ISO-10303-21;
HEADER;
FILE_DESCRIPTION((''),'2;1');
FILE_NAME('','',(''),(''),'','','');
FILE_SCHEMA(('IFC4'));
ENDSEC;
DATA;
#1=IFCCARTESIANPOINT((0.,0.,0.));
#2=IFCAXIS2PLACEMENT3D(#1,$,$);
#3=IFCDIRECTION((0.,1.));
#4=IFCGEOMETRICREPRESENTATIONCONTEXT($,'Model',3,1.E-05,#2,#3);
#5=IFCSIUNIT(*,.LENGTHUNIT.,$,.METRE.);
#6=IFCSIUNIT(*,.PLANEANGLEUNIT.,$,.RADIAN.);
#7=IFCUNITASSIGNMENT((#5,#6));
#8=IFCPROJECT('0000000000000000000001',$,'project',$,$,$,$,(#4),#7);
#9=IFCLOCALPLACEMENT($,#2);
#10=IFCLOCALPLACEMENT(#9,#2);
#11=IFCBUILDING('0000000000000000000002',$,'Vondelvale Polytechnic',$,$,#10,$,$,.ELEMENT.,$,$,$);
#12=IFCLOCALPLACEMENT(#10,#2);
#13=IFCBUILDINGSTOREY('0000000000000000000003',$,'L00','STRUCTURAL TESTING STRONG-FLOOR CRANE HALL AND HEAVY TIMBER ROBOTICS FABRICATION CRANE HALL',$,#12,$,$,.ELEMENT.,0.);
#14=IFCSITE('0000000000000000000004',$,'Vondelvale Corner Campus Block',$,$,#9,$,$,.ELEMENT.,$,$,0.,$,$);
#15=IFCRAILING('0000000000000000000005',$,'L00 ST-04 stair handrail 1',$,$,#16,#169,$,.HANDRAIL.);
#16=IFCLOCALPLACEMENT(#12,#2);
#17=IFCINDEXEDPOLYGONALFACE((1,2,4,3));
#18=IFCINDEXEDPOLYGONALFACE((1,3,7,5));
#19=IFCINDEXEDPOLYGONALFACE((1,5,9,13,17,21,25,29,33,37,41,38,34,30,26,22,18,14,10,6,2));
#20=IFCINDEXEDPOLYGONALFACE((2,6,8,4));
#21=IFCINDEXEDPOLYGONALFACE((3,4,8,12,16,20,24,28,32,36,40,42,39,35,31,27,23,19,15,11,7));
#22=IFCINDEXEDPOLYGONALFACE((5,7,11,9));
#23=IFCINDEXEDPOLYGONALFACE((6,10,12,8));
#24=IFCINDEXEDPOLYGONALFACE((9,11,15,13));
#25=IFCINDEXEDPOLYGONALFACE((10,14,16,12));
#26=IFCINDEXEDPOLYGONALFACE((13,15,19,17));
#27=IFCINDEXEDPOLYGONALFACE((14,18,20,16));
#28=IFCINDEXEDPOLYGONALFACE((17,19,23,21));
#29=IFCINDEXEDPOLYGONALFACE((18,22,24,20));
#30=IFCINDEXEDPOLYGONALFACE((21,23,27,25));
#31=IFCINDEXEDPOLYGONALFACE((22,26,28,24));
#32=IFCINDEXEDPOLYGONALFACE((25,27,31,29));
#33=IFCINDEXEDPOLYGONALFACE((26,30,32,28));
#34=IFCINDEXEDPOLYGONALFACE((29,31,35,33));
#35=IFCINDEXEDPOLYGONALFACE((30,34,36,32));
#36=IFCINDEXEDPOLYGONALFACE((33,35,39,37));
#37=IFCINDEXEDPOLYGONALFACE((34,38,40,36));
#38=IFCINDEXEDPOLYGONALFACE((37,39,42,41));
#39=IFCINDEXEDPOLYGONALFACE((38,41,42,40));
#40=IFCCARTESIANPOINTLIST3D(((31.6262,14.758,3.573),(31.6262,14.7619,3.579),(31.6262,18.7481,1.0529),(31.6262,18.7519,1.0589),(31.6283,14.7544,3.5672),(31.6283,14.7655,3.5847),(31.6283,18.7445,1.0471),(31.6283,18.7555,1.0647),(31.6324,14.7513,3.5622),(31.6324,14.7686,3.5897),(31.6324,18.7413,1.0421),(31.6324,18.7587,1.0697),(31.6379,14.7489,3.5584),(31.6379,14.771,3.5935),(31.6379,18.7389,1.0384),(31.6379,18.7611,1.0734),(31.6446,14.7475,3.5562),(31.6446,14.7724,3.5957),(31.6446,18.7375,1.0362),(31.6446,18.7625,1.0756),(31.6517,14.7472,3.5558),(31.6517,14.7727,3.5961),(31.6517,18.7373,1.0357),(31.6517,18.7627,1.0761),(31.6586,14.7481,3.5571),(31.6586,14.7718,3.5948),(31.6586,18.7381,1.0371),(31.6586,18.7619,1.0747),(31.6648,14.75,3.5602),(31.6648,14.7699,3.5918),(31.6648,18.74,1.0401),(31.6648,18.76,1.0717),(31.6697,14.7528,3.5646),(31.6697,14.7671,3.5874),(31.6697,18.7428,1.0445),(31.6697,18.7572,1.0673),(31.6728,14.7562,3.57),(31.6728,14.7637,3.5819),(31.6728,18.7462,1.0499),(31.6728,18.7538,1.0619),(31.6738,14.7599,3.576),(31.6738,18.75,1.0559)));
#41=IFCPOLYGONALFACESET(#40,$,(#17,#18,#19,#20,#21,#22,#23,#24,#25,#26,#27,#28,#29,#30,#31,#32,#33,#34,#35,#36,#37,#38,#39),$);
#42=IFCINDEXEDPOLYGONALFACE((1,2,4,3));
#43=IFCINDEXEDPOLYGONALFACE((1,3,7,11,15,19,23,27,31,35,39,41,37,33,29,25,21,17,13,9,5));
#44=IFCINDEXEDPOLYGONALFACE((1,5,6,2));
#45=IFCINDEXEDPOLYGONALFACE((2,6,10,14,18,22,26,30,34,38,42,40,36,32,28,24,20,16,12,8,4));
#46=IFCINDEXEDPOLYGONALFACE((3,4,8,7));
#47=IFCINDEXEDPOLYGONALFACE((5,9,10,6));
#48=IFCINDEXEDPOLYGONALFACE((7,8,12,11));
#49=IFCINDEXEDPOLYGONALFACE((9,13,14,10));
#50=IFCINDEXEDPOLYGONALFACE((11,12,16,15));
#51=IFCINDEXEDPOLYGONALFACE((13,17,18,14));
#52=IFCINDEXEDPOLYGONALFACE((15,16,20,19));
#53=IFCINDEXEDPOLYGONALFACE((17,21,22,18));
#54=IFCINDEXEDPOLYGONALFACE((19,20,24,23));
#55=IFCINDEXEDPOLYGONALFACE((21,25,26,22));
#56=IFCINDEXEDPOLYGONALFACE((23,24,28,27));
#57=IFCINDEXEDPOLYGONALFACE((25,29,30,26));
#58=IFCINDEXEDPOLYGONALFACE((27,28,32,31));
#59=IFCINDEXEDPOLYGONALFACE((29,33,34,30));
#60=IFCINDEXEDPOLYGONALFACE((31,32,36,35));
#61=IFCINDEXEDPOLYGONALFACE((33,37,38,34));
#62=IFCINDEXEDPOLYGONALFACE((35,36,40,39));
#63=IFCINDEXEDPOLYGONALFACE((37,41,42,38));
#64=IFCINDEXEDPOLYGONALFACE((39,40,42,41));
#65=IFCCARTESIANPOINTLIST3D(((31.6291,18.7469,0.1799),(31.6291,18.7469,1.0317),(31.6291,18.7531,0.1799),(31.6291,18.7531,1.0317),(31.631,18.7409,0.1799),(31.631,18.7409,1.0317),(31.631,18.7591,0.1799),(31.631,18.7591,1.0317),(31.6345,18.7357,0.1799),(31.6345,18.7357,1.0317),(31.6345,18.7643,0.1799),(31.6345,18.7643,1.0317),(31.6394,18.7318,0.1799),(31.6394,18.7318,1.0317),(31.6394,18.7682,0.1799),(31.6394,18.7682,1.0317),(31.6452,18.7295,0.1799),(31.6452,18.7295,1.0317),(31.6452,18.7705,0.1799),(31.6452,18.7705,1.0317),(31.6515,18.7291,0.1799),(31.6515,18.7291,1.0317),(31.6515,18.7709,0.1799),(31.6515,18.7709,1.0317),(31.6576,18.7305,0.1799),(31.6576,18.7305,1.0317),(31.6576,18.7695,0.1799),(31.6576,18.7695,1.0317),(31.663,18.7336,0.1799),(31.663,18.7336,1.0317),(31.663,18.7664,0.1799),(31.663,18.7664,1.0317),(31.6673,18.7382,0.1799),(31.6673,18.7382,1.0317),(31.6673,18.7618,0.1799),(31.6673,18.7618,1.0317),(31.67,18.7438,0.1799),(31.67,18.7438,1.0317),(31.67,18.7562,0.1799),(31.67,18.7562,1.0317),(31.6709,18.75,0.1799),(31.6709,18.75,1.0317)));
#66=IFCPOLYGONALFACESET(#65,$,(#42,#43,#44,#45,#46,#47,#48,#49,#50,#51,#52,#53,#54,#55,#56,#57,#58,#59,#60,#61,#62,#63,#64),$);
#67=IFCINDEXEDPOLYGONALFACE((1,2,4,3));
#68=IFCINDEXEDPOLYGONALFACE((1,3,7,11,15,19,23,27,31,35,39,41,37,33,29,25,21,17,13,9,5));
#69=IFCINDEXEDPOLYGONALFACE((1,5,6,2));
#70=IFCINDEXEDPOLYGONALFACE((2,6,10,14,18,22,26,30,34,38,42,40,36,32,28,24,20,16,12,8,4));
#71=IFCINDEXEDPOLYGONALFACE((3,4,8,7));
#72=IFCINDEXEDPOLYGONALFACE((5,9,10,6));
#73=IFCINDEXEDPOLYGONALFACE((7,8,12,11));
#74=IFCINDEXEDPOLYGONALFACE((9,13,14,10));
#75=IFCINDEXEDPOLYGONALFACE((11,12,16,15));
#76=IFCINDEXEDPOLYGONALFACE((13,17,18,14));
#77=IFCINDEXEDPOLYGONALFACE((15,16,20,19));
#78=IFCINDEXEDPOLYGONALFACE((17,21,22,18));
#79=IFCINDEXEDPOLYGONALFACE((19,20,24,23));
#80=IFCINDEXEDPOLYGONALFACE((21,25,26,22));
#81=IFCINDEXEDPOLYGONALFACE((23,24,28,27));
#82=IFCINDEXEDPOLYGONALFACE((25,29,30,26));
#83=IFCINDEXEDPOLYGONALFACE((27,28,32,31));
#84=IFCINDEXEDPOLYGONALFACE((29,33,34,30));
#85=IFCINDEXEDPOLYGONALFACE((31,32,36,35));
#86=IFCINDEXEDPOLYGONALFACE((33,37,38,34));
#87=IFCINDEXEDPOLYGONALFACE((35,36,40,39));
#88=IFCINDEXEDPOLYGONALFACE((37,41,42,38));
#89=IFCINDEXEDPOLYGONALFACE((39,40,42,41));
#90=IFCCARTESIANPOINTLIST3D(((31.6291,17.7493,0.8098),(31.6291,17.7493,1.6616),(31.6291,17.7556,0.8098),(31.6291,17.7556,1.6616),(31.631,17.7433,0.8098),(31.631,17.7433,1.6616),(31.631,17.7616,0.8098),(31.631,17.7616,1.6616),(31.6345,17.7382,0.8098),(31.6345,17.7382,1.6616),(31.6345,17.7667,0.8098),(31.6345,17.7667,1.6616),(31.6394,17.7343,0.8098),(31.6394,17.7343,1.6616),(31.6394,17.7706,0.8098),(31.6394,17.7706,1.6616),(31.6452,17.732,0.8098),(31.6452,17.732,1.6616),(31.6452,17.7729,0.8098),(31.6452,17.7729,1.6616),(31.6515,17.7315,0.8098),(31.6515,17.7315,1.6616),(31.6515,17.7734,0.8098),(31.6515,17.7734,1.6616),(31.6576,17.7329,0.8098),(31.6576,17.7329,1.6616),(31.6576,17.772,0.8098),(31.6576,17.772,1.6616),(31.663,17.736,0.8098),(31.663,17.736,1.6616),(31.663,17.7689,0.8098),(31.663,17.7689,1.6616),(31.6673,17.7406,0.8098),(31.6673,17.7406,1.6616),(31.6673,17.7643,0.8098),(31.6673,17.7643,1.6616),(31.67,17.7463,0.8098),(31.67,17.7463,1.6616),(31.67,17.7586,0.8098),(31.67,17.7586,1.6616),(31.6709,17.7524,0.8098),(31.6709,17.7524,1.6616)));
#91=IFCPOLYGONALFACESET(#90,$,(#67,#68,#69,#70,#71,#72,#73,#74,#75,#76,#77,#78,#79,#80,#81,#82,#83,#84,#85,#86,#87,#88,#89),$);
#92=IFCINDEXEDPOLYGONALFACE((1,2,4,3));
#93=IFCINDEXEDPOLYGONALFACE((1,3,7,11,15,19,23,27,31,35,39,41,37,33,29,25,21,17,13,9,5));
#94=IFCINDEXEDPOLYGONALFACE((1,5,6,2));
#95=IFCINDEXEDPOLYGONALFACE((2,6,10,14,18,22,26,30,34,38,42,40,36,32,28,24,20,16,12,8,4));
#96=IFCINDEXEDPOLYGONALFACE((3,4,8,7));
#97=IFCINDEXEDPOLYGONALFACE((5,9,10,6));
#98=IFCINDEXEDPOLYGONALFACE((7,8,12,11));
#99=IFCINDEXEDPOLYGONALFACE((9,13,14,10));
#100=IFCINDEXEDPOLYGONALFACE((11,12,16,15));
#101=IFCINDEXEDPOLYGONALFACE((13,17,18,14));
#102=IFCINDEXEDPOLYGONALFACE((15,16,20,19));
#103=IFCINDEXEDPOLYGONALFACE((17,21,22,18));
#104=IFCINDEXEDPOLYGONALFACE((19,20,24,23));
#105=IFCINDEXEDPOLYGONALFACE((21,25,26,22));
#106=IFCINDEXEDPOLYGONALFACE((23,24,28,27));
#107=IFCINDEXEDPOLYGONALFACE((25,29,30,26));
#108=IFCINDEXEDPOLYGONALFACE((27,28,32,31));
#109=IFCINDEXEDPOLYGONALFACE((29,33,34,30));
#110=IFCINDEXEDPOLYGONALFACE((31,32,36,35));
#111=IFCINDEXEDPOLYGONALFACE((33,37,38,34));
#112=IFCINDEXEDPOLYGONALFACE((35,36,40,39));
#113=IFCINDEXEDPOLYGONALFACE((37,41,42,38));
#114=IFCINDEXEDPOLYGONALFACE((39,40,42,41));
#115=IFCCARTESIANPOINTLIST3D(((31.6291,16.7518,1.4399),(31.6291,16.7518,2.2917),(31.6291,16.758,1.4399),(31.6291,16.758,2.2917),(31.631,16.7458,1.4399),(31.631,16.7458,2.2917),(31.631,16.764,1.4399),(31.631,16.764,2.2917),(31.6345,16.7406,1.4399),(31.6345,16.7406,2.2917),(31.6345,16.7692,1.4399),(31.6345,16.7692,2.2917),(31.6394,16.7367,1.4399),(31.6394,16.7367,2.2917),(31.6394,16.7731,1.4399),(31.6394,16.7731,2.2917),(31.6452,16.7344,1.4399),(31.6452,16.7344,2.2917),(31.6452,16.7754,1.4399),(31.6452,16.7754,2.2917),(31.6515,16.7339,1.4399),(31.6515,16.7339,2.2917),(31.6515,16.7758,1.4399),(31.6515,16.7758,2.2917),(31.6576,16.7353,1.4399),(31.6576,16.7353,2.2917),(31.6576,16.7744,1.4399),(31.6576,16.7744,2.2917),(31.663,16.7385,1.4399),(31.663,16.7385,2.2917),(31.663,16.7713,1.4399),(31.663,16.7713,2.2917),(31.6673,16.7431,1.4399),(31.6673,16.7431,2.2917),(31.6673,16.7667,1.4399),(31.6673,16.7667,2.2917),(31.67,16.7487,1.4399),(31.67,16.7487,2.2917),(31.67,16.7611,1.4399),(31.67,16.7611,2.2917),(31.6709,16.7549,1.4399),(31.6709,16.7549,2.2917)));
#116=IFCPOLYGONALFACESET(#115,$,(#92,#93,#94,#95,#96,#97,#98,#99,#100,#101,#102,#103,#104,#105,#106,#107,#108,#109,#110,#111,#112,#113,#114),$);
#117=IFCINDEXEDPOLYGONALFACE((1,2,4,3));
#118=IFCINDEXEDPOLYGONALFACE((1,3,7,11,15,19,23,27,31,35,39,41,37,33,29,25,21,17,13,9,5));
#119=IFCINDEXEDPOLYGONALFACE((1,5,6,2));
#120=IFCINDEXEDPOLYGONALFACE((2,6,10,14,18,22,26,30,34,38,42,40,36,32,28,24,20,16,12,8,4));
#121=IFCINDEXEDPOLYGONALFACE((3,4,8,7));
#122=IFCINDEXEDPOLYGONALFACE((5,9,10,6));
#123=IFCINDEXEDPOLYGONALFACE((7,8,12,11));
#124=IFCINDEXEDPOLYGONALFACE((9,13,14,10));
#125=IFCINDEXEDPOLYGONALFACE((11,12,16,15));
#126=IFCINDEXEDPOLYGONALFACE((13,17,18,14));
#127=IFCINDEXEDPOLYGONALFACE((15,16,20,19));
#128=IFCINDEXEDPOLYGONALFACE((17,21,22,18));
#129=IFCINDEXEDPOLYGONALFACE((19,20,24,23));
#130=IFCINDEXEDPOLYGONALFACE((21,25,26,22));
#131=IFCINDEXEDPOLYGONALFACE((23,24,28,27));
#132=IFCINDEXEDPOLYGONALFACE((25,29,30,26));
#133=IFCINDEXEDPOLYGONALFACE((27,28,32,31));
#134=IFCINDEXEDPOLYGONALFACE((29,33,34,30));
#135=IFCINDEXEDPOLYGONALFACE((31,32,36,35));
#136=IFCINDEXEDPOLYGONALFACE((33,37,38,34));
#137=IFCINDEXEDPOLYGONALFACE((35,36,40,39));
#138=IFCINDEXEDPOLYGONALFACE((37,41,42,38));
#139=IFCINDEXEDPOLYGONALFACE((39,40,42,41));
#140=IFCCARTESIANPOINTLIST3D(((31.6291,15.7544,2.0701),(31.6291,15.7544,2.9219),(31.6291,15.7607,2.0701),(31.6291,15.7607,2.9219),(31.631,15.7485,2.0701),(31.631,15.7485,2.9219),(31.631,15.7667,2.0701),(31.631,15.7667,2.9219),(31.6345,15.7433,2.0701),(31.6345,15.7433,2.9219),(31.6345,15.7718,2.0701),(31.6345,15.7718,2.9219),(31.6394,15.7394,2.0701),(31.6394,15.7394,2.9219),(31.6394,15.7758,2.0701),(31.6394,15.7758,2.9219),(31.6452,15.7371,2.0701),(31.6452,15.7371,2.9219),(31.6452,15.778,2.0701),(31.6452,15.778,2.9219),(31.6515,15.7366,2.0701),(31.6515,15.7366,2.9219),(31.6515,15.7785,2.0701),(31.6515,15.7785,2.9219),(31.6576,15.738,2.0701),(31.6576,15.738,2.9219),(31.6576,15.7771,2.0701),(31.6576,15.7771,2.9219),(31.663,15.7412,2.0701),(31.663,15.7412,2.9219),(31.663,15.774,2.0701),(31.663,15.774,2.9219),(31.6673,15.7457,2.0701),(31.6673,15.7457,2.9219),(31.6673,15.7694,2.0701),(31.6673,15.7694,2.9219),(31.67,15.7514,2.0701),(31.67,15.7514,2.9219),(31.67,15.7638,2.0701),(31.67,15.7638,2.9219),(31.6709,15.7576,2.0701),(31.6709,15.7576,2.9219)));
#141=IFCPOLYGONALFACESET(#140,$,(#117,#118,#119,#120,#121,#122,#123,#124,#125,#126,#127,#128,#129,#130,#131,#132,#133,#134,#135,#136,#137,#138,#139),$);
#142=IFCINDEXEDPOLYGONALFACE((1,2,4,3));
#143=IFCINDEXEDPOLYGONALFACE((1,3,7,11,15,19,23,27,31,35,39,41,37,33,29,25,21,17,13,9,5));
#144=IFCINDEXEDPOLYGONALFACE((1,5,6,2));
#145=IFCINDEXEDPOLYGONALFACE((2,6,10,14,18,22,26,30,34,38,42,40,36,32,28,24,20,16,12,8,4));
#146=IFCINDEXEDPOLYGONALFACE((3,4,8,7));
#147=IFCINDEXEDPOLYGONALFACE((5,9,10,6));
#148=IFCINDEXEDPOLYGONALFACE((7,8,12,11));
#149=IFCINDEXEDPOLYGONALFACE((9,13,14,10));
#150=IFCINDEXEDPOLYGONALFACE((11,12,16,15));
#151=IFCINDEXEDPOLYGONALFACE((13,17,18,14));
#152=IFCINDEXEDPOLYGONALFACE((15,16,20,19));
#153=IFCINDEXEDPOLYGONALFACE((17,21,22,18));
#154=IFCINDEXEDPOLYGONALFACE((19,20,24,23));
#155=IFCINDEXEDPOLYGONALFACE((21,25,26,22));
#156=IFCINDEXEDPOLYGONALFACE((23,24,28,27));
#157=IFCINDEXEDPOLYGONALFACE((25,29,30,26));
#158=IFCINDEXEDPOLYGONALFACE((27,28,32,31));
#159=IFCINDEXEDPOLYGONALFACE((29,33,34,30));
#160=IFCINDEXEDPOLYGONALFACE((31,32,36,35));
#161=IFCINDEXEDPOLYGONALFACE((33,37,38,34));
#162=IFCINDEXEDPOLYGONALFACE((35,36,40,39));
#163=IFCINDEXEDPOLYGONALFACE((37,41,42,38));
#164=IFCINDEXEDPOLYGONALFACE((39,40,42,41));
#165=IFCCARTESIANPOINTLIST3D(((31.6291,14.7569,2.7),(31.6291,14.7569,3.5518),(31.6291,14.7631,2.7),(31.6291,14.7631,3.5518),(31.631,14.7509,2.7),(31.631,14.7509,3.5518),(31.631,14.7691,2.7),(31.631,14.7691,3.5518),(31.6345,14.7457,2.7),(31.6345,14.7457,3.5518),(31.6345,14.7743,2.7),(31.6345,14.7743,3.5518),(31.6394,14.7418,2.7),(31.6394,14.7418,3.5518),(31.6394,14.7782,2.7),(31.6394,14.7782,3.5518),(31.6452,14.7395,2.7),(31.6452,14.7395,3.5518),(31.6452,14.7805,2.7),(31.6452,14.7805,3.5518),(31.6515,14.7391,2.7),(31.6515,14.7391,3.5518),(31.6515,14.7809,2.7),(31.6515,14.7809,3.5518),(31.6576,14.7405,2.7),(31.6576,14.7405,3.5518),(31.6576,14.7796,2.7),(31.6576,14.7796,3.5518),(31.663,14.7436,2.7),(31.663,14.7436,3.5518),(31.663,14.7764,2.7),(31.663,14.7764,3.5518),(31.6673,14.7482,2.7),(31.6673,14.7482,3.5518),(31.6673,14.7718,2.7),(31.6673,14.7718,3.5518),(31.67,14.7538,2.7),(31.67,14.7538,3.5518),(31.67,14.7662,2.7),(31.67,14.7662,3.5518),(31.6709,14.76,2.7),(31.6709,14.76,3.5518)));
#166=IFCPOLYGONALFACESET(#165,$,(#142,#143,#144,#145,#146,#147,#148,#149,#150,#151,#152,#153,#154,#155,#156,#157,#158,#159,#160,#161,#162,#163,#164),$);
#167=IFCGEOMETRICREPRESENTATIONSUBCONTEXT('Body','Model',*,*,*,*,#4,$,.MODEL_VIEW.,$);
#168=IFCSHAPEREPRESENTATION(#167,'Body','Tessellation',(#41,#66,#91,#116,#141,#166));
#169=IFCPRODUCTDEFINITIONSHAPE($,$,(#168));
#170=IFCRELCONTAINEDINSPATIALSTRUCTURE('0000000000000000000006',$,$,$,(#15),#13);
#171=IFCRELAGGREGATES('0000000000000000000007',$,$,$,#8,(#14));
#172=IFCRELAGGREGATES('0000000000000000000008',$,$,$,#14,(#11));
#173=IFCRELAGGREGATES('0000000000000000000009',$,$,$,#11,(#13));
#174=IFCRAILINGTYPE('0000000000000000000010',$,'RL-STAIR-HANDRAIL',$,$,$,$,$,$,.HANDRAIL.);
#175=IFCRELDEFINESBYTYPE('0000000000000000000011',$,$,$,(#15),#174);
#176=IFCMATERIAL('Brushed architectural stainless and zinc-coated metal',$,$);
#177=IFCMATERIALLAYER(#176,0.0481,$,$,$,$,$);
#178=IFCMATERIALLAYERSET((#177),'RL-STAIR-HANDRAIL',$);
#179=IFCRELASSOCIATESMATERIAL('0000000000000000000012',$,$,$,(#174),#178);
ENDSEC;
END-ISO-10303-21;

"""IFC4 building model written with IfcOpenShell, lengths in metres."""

from ifc_helpers import new_model, si_unit, direction, frame, origin, origin_2d, place, context, subcontext, project, spatial, circle, extrude, material, layer, layer_set, type_object, element, save


model = new_model("IFC4")

# Units and contexts
model_context = context("Model", 3, precision=1e-05, world=origin(), true_north=direction((0.0, 1.0)))
body_context = subcontext(model_context, "Body", "Model", "MODEL_VIEW")
ifc_project = project(units=[si_unit("LENGTHUNIT", "METRE"), si_unit("PLANEANGLEUNIT", "RADIAN")], contexts=[model_context])

# Site, building, storey
site_placement = place(None, origin())
site = spatial("IfcSite", under=ifc_project, at=site_placement, Name="Vondelvale Corner Campus Block", CompositionType="ELEMENT", RefElevation=0.0)
building_placement = place(site_placement, origin())
building = spatial("IfcBuilding", under=site, at=building_placement, Name="Vondelvale Polytechnic", CompositionType="ELEMENT")
storey_placement = place(building_placement, origin())
storey = spatial("IfcBuildingStorey", under=building, at=storey_placement, Name="L00", Description="STRUCTURAL TESTING STRONG-FLOOR CRANE HALL AND HEAVY TIMBER ROBOTICS FABRICATION CRANE HALL", CompositionType="ELEMENT", Elevation=0.0)

# Shared definitions
ifc_material_1 = material(Name="Brushed architectural stainless and zinc-coated metal")

# Railing
ifc_layer_1 = layer(ifc_material_1, 0.0481)
ifc_layer_set_1 = layer_set([ifc_layer_1], Name="RL-STAIR-HANDRAIL")
railing_type_1 = type_object("IfcRailingType", Name="RL-STAIR-HANDRAIL", PredefinedType="HANDRAIL", material=ifc_layer_set_1)
railing_1_placement = place(storey_placement, frame((31.6499, 18.75, 0.1799)))
element("IfcRailing", 1, at=railing_1_placement, inside=storey, type_object=railing_type_1, Name="L00 ST-04 stair handrail 1", PredefinedType="HANDRAIL", context=body_context, shape_type="SweptSolid", body=[
    extrude(circle(Radius=0.0239, at=origin_2d()), frame((0.0, 0.0, 0.876), z_axis=(0.0, -0.845486, 0.533997), x_axis=(1.0, 0.0, 0.0)), (0.0, 0.0, 1.0), 4.7192),
    extrude(circle(Radius=0.021, at=origin_2d()), origin(), (0.0, 0.0, 1.0), 0.8518),
    extrude(circle(Radius=0.021, at=origin_2d()), frame((0.0, -0.9976, 0.6299)), (0.0, 0.0, 1.0), 0.8518),
    extrude(circle(Radius=0.021, at=origin_2d()), frame((0.0, -1.9951, 1.26)), (0.0, 0.0, 1.0), 0.8518),
    extrude(circle(Radius=0.021, at=origin_2d()), frame((0.0, -2.9924, 1.8901)), (0.0, 0.0, 1.0), 0.8518),
    extrude(circle(Radius=0.021, at=origin_2d()), frame((0.0, -3.99, 2.52)), (0.0, 0.0, 1.0), 0.8518),
])

save(model, "model.ifc")
